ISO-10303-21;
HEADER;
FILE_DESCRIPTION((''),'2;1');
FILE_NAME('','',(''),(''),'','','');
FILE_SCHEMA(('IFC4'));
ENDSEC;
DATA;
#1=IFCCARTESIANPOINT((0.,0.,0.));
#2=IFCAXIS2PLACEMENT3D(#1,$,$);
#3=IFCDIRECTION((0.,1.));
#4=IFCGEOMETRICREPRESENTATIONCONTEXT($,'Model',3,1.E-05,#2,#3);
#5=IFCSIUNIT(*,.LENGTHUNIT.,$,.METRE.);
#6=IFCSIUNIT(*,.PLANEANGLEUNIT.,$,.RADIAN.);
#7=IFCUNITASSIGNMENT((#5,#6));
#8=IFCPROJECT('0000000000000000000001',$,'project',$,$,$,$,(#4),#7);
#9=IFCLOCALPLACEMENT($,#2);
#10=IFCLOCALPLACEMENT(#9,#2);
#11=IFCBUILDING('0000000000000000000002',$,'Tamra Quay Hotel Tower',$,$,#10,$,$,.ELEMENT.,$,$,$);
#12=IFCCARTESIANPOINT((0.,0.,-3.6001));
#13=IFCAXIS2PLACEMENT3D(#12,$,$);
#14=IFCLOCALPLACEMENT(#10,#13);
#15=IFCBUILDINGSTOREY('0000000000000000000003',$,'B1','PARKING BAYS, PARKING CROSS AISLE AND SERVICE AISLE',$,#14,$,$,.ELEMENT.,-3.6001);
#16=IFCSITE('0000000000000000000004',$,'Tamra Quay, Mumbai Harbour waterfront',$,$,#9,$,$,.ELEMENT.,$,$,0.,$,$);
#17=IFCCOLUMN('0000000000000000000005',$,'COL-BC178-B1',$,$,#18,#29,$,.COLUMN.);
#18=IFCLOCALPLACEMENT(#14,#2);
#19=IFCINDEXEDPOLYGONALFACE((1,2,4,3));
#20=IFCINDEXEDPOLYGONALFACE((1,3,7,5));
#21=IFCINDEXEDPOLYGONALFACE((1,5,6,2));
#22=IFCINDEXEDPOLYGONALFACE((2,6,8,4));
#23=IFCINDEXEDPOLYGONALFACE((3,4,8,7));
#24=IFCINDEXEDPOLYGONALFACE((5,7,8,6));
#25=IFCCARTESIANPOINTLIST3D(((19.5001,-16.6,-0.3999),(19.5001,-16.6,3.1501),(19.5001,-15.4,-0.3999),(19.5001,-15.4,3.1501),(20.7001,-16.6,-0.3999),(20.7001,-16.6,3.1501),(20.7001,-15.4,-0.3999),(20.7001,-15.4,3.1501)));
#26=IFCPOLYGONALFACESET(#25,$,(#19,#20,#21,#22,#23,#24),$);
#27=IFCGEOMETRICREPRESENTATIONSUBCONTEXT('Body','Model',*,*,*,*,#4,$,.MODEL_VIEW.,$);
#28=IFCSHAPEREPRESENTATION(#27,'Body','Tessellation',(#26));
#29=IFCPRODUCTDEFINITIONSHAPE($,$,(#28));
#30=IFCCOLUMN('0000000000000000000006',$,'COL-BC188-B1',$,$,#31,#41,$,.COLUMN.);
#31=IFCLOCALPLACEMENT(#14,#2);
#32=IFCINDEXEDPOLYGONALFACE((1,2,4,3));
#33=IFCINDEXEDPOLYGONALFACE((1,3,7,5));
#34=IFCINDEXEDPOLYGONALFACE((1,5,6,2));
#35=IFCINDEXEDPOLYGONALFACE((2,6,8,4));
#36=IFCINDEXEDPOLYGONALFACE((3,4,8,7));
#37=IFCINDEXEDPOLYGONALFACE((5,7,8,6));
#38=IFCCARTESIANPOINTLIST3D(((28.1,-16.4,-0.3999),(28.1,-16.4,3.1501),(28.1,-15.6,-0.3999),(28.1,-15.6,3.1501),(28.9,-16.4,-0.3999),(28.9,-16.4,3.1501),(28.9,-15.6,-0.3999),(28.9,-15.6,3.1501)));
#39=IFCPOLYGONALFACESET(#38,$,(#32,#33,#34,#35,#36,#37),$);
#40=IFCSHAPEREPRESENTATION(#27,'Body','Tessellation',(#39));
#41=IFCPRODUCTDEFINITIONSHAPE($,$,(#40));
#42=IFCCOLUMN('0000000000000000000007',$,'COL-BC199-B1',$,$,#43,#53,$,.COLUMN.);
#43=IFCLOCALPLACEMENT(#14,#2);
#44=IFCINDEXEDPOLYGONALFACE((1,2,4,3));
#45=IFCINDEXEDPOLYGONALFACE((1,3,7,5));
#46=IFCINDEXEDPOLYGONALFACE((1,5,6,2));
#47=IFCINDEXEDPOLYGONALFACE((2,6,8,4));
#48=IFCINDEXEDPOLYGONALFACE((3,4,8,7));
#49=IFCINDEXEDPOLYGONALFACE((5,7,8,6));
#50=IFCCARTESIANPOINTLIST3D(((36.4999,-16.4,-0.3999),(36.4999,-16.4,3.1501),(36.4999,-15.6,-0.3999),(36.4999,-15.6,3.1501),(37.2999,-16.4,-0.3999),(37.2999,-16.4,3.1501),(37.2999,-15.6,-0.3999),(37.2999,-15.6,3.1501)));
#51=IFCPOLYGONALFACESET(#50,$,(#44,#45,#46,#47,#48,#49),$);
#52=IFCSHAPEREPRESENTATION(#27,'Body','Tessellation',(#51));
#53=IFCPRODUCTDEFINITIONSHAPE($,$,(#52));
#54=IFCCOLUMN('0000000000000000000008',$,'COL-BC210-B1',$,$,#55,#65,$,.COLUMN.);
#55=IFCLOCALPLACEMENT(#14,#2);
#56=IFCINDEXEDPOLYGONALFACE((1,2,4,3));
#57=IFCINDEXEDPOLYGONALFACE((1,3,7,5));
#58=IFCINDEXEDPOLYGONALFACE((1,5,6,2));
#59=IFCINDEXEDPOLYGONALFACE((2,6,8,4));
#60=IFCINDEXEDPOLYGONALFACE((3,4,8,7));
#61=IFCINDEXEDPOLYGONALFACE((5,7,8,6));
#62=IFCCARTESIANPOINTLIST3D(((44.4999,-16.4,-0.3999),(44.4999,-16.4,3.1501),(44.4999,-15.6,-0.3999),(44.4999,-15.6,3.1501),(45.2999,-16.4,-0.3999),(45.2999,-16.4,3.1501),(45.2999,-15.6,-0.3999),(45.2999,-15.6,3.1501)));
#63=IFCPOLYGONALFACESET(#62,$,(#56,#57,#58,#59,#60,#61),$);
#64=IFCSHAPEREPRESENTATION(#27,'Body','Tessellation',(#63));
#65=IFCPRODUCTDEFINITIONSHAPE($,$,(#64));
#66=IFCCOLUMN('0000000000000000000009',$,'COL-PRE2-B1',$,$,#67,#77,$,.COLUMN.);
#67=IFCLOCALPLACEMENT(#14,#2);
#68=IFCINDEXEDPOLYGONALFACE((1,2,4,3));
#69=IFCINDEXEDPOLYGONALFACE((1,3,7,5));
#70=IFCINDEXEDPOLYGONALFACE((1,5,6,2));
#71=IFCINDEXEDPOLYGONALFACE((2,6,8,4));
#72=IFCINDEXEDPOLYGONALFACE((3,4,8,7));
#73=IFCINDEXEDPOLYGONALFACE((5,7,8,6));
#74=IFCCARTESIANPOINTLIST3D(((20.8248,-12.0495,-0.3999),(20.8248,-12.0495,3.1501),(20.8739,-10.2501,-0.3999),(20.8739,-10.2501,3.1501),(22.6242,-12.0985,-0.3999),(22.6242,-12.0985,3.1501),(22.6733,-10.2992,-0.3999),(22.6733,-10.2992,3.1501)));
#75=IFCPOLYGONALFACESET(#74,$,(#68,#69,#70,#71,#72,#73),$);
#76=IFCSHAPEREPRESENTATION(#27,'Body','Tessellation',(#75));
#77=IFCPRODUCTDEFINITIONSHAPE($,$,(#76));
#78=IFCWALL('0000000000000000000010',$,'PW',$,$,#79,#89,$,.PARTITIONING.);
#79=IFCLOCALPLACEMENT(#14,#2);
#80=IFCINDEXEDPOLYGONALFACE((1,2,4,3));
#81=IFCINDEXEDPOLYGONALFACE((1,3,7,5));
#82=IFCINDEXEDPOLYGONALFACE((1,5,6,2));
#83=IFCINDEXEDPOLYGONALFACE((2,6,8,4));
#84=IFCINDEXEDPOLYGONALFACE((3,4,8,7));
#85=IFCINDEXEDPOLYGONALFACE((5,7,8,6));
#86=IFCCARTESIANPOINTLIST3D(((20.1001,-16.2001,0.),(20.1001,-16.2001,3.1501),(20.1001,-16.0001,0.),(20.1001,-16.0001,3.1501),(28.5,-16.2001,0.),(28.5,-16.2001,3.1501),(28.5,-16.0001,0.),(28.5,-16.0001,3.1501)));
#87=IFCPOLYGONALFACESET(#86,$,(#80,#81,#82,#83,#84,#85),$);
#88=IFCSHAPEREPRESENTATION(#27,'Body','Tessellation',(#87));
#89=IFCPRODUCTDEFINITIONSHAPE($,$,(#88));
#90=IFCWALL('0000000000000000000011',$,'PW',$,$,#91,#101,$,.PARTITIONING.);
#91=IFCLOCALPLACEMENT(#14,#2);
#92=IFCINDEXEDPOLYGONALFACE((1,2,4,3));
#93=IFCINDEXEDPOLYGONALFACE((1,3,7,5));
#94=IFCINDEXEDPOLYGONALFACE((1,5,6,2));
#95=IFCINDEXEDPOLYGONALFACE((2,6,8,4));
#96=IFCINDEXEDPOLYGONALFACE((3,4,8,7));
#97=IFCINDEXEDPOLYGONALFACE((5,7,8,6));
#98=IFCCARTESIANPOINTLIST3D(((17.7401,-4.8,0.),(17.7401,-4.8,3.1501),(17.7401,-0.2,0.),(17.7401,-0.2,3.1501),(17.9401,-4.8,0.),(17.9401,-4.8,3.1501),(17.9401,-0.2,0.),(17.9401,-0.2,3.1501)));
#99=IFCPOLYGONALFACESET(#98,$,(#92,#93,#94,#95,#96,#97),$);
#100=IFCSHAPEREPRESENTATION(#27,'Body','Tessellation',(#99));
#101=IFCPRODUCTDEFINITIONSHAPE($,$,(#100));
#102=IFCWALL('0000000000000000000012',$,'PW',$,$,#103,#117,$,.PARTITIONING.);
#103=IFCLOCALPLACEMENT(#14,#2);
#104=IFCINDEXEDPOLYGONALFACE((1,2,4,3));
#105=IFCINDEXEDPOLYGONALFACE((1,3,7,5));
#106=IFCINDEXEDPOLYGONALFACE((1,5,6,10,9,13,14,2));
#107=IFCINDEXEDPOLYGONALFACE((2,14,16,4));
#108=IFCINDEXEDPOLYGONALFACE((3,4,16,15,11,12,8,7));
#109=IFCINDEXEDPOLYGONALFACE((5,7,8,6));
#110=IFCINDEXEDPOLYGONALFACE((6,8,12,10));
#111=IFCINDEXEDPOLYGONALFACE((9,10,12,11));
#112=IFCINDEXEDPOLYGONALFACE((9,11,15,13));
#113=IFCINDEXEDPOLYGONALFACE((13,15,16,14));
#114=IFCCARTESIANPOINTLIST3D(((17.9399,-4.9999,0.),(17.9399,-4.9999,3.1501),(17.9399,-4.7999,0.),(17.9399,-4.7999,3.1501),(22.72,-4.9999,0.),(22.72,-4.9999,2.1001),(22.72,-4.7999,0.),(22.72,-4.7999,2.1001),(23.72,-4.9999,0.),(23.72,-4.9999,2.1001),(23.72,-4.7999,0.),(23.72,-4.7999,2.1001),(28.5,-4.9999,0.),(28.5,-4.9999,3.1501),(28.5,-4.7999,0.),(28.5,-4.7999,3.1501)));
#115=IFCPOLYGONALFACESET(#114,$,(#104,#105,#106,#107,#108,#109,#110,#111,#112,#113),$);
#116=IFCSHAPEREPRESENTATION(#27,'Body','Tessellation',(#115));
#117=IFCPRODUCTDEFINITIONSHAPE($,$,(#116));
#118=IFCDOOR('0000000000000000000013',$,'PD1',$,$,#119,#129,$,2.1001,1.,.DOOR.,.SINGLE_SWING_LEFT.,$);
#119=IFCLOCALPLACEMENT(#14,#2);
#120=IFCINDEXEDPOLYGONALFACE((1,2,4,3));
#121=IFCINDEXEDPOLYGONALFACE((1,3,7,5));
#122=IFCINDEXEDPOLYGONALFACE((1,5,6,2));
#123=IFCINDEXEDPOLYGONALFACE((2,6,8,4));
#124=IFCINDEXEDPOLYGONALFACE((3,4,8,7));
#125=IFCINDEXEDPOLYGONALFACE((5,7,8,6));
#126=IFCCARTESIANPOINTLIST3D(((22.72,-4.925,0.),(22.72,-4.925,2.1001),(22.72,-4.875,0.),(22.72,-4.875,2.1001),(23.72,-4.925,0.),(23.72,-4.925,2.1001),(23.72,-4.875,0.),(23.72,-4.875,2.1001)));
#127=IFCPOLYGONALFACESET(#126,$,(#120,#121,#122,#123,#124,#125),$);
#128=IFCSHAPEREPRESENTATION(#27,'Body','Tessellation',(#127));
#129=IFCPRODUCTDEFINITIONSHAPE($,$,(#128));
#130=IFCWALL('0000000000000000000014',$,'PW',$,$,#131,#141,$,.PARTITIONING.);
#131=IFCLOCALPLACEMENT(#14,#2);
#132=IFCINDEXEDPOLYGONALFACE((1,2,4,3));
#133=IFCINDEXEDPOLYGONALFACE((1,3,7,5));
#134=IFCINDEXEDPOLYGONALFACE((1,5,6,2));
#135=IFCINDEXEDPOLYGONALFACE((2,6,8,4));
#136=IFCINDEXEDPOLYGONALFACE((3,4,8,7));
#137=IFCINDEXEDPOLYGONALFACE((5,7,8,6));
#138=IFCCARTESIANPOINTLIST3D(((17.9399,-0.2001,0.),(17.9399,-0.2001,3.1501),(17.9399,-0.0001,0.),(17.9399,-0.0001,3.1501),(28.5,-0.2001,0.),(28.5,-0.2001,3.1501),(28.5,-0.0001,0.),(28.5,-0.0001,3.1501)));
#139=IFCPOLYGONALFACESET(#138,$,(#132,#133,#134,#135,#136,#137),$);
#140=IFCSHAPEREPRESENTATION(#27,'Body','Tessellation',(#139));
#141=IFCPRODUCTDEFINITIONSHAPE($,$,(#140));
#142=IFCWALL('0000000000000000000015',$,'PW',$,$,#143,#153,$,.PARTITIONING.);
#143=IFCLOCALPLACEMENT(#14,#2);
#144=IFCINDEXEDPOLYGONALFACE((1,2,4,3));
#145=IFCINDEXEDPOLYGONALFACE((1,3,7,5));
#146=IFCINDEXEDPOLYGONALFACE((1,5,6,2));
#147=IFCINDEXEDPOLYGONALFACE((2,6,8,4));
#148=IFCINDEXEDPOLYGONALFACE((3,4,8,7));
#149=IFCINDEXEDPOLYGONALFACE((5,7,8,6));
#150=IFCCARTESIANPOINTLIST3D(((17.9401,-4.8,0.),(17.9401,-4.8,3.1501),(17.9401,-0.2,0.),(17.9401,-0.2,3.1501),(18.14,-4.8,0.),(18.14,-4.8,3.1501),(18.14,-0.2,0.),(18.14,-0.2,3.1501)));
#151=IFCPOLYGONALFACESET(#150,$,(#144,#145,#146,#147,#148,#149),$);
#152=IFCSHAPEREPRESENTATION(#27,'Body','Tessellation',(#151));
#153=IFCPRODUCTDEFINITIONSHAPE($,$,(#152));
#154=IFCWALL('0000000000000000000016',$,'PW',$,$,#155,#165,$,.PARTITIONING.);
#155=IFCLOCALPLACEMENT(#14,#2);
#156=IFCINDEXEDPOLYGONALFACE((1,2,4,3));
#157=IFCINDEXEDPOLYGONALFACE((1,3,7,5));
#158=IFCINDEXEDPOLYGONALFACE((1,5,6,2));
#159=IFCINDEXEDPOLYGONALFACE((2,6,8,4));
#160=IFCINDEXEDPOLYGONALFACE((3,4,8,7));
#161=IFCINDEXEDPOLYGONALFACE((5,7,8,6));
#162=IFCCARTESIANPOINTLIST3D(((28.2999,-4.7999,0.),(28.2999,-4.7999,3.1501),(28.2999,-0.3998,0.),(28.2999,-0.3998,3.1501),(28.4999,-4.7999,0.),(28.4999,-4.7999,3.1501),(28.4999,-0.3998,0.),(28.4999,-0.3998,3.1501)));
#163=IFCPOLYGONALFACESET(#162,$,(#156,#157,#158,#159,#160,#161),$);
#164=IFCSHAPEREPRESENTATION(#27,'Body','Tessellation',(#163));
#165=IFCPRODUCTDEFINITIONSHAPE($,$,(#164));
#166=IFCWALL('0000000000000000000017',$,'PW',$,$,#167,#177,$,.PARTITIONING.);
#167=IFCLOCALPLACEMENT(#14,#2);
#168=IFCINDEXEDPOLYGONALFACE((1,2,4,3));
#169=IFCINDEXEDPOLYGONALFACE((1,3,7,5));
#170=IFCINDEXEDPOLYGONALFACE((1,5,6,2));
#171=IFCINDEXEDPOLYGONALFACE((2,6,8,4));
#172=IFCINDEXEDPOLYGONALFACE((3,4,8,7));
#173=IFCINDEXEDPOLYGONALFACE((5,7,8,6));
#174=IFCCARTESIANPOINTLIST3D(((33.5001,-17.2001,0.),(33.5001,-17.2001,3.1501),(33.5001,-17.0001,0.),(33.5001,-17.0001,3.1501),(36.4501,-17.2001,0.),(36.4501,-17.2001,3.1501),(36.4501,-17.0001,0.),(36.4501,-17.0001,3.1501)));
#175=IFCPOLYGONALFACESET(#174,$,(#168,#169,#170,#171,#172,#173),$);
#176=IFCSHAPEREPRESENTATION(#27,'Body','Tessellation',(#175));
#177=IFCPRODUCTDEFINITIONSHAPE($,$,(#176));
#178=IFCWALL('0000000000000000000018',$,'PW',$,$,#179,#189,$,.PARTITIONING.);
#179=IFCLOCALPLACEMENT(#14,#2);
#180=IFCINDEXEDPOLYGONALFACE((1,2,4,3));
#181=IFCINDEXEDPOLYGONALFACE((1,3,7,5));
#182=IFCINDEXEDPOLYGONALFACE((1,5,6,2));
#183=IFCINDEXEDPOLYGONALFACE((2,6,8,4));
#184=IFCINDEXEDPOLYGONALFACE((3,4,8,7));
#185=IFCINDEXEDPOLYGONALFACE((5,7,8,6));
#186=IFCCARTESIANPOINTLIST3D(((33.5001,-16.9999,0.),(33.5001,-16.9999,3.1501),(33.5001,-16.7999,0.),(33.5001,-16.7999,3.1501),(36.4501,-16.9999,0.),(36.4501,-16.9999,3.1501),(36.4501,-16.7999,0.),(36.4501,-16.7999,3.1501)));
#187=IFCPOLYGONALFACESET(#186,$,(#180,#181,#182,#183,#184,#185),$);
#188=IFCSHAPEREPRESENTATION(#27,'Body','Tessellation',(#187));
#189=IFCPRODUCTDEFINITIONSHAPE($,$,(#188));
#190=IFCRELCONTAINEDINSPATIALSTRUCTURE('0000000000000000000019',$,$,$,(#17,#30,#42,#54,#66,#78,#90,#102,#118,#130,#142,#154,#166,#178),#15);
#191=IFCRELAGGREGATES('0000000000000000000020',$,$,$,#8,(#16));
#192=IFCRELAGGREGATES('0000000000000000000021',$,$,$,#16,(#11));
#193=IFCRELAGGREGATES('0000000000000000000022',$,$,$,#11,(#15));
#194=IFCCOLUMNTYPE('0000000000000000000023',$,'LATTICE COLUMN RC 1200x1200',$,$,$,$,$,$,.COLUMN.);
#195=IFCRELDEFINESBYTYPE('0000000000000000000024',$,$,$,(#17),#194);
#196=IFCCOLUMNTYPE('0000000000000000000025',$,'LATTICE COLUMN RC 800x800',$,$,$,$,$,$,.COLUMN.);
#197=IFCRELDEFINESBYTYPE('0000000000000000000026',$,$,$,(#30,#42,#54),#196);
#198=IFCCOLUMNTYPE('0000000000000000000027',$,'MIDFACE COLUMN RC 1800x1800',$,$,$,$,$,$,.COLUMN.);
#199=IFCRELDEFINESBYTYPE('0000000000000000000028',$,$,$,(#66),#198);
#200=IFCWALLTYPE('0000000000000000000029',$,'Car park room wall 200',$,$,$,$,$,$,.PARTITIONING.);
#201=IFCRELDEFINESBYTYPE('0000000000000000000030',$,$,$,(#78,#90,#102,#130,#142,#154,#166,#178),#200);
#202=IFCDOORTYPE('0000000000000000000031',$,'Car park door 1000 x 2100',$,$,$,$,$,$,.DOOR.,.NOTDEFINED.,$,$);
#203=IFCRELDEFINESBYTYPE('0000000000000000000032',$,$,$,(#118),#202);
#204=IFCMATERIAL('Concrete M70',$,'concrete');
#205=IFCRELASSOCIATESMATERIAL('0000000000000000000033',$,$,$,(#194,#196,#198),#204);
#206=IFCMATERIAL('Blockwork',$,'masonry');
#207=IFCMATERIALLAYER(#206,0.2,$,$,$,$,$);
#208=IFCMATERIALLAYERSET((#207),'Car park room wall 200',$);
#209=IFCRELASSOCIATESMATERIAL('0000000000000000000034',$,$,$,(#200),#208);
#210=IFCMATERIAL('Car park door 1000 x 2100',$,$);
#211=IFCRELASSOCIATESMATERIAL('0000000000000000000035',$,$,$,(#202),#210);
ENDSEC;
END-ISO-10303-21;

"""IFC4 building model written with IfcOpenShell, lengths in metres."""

from ifc_helpers import new_model, si_unit, direction, frame, frame_2d, origin, origin_2d, place, context, subcontext, project, spatial, rectangle, extrude, material, layer, layer_set, material_profile, profile_set, type_object, element, fill, save


model = new_model("IFC4")

# Units and contexts
model_context = context("Model", 3, precision=1e-05, world=origin(), true_north=direction((0.0, 1.0)))
body_context = subcontext(model_context, "Body", "Model", "MODEL_VIEW")
ifc_project = project(units=[si_unit("LENGTHUNIT", "METRE"), si_unit("PLANEANGLEUNIT", "RADIAN")], contexts=[model_context])

# Site, building, storey
site_placement = place(None, origin())
site = spatial("IfcSite", under=ifc_project, at=site_placement, Name="Tamra Quay, Mumbai Harbour waterfront", CompositionType="ELEMENT", RefElevation=0.0)
building_placement = place(site_placement, origin())
building = spatial("IfcBuilding", under=site, at=building_placement, Name="Tamra Quay Hotel Tower", CompositionType="ELEMENT")
storey_placement = place(building_placement, frame((0.0, 0.0, -3.6001)))
storey = spatial("IfcBuildingStorey", under=building, at=storey_placement, Name="B1", Description="PARKING BAYS, PARKING CROSS AISLE AND SERVICE AISLE", CompositionType="ELEMENT", Elevation=-3.6001)

# Columns
ifc_material_1 = material(Name="Concrete M70", Category="concrete")
ifc_material_profile_1 = material_profile(ifc_material_1, rectangle(XDim=1.2, YDim=1.2, at=origin_2d()), Name="LATTICE COLUMN RC 1200x1200")
ifc_profile_set_1 = profile_set([ifc_material_profile_1], Name="Concrete M70")
column_type_1 = type_object("IfcColumnType", Name="LATTICE COLUMN RC 1200x1200", PredefinedType="COLUMN", material=ifc_profile_set_1)
column_1_placement = place(storey_placement, frame((20.1001, -16.0, -0.3999), z_axis=(0.0, 0.0, 1.0), x_axis=(1.0, 0.0, 0.0)))
element("IfcColumn", 1, at=column_1_placement, inside=storey, type_object=column_type_1, Name="COL-BC178-B1", PredefinedType="COLUMN", context=body_context, shape_type="SweptSolid", body=[
    extrude(rectangle(XDim=1.2, YDim=1.2, at=origin_2d()), origin(), (0.0, 0.0, 1.0), 3.55),
])
ifc_material_profile_2 = material_profile(ifc_material_1, rectangle(XDim=0.8, YDim=0.8, at=origin_2d()), Name="LATTICE COLUMN RC 800x800")
ifc_profile_set_2 = profile_set([ifc_material_profile_2], Name="Concrete M70")
column_type_2 = type_object("IfcColumnType", Name="LATTICE COLUMN RC 800x800", PredefinedType="COLUMN", material=ifc_profile_set_2)
for number, where, z_axis, x_axis, name in (
    (2, (28.5, -16.0, -0.3999), (0.0, 0.0, 1.0), (1.0, 0.0, 0.0), "COL-BC188-B1"),
    (3, (36.8999, -16.0, -0.3999), (0.0, 0.0, 1.0), (1.0, 0.0, 0.0), "COL-BC199-B1"),
    (4, (44.8999, -16.0, -0.3999), (0.0, 0.0, 1.0), (1.0, 0.0, 0.0), "COL-BC210-B1"),
):
    element("IfcColumn", number, at=place(storey_placement, frame(where, z_axis=z_axis, x_axis=x_axis)), inside=storey, type_object=column_type_2, Name=name, PredefinedType="COLUMN", context=body_context, shape_type="SweptSolid", body=[
        extrude(rectangle(XDim=0.8, YDim=0.8, at=origin_2d()), origin(), (0.0, 0.0, 1.0), 3.55),
    ])
ifc_material_profile_3 = material_profile(ifc_material_1, rectangle(XDim=1.8, YDim=1.8, at=origin_2d()), Name="MIDFACE COLUMN RC 1800x1800")
ifc_profile_set_3 = profile_set([ifc_material_profile_3], Name="Concrete M70")
column_type_3 = type_object("IfcColumnType", Name="MIDFACE COLUMN RC 1800x1800", PredefinedType="COLUMN", material=ifc_profile_set_3)
column_2_placement = place(storey_placement, frame((21.749, -11.1743, -0.3999), z_axis=(0.0, 0.0, 1.0), x_axis=(-0.999628, 0.027269, 0.0)))
element("IfcColumn", 5, at=column_2_placement, inside=storey, type_object=column_type_3, Name="COL-PRE2-B1", PredefinedType="COLUMN", context=body_context, shape_type="SweptSolid", body=[
    extrude(rectangle(XDim=1.8, YDim=1.8, at=origin_2d()), origin(), (0.0, 0.0, 1.0), 3.55),
])

# Walls
ifc_material_2 = material(Name="Blockwork", Category="masonry")
ifc_layer_1 = layer(ifc_material_2, 0.2)
ifc_layer_set_1 = layer_set([ifc_layer_1], Name="Car park room wall 200")
wall_type_1 = type_object("IfcWallType", Name="Car park room wall 200", PredefinedType="PARTITIONING", material=ifc_layer_set_1)
wall_1_placement = place(storey_placement, frame((20.1001, -16.1001, 0.0), z_axis=(0.0, 0.0, 1.0), x_axis=(1.0, 0.0, 0.0)))
element("IfcWall", 6, at=wall_1_placement, inside=storey, type_object=wall_type_1, Name="PW", PredefinedType="PARTITIONING", context=body_context, shape_type="SweptSolid", body=[
    extrude(rectangle(XDim=8.3999, YDim=0.2, at=frame_2d((4.2, 0.0))), origin(), (0.0, 0.0, 1.0), 3.1501),
])
wall_2_placement = place(storey_placement, frame((17.8401, -4.8, 0.0), z_axis=(0.0, 0.0, 1.0), x_axis=(0.0, 1.0, 0.0)))
element("IfcWall", 7, at=wall_2_placement, inside=storey, type_object=wall_type_1, Name="PW", PredefinedType="PARTITIONING", context=body_context, shape_type="SweptSolid", body=[
    extrude(rectangle(XDim=4.6001, YDim=0.2, at=frame_2d((2.3, 0.0))), origin(), (0.0, 0.0, 1.0), 3.1501),
])

# Wall, opening, door
wall_3_placement = place(storey_placement, frame((17.9399, -4.8999, 0.0), z_axis=(0.0, 0.0, 1.0), x_axis=(1.0, 0.0, 0.0)))
wall_3 = element("IfcWall", 8, at=wall_3_placement, inside=storey, type_object=wall_type_1, Name="PW", PredefinedType="PARTITIONING", context=body_context, shape_type="SweptSolid", body=[
    extrude(rectangle(XDim=10.5601, YDim=0.2, at=frame_2d((5.28, 0.0))), origin(), (0.0, 0.0, 1.0), 3.1501),
])
opening_1_placement = place(wall_3_placement, frame((4.78, 0.0, 0.0)))
opening_1 = element("IfcOpeningElement", 9, at=opening_1_placement, cuts=wall_3, PredefinedType="OPENING", context=body_context, shape_type="SweptSolid", body=[
    extrude(rectangle(XDim=1.0, YDim=2.1001, at=frame_2d((0.5, 1.05))), frame((0.0, 0.1099, 0.0), z_axis=(0.0, -1.0, 0.0), x_axis=(1.0, 0.0, 0.0)), (0.0, 0.0, 1.0), 0.22),
])
ifc_material_3 = material(Name="Car park door 1000 x 2100")
door_type = type_object("IfcDoorType", Name="Car park door 1000 x 2100", OperationType="NOTDEFINED", PredefinedType="DOOR", material=ifc_material_3)
door_1_placement = place(opening_1_placement, origin())
door_1 = element("IfcDoor", 10, at=door_1_placement, inside=storey, type_object=door_type, Name="PD1", OperationType="SINGLE_SWING_LEFT", OverallHeight=2.1001, OverallWidth=1.0, PredefinedType="DOOR", context=body_context, shape_type="SweptSolid", body=[
    extrude(rectangle(XDim=1.0, YDim=2.1001, at=frame_2d((0.5, 1.05))), frame((0.0, 0.0249, 0.0), z_axis=(0.0, -1.0, 0.0), x_axis=(1.0, 0.0, 0.0)), (0.0, 0.0, 1.0), 0.05),
])
fill(opening_1, door_1)

# Walls
wall_4_placement = place(storey_placement, frame((17.9399, -0.1001, 0.0), z_axis=(0.0, 0.0, 1.0), x_axis=(1.0, 0.0, 0.0)))
element("IfcWall", 11, at=wall_4_placement, inside=storey, type_object=wall_type_1, Name="PW", PredefinedType="PARTITIONING", context=body_context, shape_type="SweptSolid", body=[
    extrude(rectangle(XDim=10.5601, YDim=0.2, at=frame_2d((5.28, 0.0))), origin(), (0.0, 0.0, 1.0), 3.1501),
])
wall_5_placement = place(storey_placement, frame((18.04, -4.8, 0.0), z_axis=(0.0, 0.0, 1.0), x_axis=(0.0, 1.0, 0.0)))
element("IfcWall", 12, at=wall_5_placement, inside=storey, type_object=wall_type_1, Name="PW", PredefinedType="PARTITIONING", context=body_context, shape_type="SweptSolid", body=[
    extrude(rectangle(XDim=4.6001, YDim=0.2, at=frame_2d((2.3, 0.0))), origin(), (0.0, 0.0, 1.0), 3.1501),
])
wall_6_placement = place(storey_placement, frame((28.3999, -4.8, 0.0), z_axis=(0.0, 0.0, 1.0), x_axis=(0.0, 1.0, 0.0)))
element("IfcWall", 13, at=wall_6_placement, inside=storey, type_object=wall_type_1, Name="PW", PredefinedType="PARTITIONING", context=body_context, shape_type="SweptSolid", body=[
    extrude(rectangle(XDim=4.4001, YDim=0.2, at=frame_2d((2.2002, 0.0))), origin(), (0.0, 0.0, 1.0), 3.1501),
])
for number, where, z_axis, x_axis, name in (
    (14, (33.5, -17.1001, 0.0), (0.0, 0.0, 1.0), (1.0, 0.0, 0.0), "PW"),
    (15, (33.5, -16.8999, 0.0), (0.0, 0.0, 1.0), (1.0, 0.0, 0.0), "PW"),
):
    element("IfcWall", number, at=place(storey_placement, frame(where, z_axis=z_axis, x_axis=x_axis)), inside=storey, type_object=wall_type_1, Name=name, PredefinedType="PARTITIONING", context=body_context, shape_type="SweptSolid", body=[
        extrude(rectangle(XDim=2.95, YDim=0.2, at=frame_2d((1.4751, 0.0))), origin(), (0.0, 0.0, 1.0), 3.1501),
    ])

save(model, "model.ifc")
